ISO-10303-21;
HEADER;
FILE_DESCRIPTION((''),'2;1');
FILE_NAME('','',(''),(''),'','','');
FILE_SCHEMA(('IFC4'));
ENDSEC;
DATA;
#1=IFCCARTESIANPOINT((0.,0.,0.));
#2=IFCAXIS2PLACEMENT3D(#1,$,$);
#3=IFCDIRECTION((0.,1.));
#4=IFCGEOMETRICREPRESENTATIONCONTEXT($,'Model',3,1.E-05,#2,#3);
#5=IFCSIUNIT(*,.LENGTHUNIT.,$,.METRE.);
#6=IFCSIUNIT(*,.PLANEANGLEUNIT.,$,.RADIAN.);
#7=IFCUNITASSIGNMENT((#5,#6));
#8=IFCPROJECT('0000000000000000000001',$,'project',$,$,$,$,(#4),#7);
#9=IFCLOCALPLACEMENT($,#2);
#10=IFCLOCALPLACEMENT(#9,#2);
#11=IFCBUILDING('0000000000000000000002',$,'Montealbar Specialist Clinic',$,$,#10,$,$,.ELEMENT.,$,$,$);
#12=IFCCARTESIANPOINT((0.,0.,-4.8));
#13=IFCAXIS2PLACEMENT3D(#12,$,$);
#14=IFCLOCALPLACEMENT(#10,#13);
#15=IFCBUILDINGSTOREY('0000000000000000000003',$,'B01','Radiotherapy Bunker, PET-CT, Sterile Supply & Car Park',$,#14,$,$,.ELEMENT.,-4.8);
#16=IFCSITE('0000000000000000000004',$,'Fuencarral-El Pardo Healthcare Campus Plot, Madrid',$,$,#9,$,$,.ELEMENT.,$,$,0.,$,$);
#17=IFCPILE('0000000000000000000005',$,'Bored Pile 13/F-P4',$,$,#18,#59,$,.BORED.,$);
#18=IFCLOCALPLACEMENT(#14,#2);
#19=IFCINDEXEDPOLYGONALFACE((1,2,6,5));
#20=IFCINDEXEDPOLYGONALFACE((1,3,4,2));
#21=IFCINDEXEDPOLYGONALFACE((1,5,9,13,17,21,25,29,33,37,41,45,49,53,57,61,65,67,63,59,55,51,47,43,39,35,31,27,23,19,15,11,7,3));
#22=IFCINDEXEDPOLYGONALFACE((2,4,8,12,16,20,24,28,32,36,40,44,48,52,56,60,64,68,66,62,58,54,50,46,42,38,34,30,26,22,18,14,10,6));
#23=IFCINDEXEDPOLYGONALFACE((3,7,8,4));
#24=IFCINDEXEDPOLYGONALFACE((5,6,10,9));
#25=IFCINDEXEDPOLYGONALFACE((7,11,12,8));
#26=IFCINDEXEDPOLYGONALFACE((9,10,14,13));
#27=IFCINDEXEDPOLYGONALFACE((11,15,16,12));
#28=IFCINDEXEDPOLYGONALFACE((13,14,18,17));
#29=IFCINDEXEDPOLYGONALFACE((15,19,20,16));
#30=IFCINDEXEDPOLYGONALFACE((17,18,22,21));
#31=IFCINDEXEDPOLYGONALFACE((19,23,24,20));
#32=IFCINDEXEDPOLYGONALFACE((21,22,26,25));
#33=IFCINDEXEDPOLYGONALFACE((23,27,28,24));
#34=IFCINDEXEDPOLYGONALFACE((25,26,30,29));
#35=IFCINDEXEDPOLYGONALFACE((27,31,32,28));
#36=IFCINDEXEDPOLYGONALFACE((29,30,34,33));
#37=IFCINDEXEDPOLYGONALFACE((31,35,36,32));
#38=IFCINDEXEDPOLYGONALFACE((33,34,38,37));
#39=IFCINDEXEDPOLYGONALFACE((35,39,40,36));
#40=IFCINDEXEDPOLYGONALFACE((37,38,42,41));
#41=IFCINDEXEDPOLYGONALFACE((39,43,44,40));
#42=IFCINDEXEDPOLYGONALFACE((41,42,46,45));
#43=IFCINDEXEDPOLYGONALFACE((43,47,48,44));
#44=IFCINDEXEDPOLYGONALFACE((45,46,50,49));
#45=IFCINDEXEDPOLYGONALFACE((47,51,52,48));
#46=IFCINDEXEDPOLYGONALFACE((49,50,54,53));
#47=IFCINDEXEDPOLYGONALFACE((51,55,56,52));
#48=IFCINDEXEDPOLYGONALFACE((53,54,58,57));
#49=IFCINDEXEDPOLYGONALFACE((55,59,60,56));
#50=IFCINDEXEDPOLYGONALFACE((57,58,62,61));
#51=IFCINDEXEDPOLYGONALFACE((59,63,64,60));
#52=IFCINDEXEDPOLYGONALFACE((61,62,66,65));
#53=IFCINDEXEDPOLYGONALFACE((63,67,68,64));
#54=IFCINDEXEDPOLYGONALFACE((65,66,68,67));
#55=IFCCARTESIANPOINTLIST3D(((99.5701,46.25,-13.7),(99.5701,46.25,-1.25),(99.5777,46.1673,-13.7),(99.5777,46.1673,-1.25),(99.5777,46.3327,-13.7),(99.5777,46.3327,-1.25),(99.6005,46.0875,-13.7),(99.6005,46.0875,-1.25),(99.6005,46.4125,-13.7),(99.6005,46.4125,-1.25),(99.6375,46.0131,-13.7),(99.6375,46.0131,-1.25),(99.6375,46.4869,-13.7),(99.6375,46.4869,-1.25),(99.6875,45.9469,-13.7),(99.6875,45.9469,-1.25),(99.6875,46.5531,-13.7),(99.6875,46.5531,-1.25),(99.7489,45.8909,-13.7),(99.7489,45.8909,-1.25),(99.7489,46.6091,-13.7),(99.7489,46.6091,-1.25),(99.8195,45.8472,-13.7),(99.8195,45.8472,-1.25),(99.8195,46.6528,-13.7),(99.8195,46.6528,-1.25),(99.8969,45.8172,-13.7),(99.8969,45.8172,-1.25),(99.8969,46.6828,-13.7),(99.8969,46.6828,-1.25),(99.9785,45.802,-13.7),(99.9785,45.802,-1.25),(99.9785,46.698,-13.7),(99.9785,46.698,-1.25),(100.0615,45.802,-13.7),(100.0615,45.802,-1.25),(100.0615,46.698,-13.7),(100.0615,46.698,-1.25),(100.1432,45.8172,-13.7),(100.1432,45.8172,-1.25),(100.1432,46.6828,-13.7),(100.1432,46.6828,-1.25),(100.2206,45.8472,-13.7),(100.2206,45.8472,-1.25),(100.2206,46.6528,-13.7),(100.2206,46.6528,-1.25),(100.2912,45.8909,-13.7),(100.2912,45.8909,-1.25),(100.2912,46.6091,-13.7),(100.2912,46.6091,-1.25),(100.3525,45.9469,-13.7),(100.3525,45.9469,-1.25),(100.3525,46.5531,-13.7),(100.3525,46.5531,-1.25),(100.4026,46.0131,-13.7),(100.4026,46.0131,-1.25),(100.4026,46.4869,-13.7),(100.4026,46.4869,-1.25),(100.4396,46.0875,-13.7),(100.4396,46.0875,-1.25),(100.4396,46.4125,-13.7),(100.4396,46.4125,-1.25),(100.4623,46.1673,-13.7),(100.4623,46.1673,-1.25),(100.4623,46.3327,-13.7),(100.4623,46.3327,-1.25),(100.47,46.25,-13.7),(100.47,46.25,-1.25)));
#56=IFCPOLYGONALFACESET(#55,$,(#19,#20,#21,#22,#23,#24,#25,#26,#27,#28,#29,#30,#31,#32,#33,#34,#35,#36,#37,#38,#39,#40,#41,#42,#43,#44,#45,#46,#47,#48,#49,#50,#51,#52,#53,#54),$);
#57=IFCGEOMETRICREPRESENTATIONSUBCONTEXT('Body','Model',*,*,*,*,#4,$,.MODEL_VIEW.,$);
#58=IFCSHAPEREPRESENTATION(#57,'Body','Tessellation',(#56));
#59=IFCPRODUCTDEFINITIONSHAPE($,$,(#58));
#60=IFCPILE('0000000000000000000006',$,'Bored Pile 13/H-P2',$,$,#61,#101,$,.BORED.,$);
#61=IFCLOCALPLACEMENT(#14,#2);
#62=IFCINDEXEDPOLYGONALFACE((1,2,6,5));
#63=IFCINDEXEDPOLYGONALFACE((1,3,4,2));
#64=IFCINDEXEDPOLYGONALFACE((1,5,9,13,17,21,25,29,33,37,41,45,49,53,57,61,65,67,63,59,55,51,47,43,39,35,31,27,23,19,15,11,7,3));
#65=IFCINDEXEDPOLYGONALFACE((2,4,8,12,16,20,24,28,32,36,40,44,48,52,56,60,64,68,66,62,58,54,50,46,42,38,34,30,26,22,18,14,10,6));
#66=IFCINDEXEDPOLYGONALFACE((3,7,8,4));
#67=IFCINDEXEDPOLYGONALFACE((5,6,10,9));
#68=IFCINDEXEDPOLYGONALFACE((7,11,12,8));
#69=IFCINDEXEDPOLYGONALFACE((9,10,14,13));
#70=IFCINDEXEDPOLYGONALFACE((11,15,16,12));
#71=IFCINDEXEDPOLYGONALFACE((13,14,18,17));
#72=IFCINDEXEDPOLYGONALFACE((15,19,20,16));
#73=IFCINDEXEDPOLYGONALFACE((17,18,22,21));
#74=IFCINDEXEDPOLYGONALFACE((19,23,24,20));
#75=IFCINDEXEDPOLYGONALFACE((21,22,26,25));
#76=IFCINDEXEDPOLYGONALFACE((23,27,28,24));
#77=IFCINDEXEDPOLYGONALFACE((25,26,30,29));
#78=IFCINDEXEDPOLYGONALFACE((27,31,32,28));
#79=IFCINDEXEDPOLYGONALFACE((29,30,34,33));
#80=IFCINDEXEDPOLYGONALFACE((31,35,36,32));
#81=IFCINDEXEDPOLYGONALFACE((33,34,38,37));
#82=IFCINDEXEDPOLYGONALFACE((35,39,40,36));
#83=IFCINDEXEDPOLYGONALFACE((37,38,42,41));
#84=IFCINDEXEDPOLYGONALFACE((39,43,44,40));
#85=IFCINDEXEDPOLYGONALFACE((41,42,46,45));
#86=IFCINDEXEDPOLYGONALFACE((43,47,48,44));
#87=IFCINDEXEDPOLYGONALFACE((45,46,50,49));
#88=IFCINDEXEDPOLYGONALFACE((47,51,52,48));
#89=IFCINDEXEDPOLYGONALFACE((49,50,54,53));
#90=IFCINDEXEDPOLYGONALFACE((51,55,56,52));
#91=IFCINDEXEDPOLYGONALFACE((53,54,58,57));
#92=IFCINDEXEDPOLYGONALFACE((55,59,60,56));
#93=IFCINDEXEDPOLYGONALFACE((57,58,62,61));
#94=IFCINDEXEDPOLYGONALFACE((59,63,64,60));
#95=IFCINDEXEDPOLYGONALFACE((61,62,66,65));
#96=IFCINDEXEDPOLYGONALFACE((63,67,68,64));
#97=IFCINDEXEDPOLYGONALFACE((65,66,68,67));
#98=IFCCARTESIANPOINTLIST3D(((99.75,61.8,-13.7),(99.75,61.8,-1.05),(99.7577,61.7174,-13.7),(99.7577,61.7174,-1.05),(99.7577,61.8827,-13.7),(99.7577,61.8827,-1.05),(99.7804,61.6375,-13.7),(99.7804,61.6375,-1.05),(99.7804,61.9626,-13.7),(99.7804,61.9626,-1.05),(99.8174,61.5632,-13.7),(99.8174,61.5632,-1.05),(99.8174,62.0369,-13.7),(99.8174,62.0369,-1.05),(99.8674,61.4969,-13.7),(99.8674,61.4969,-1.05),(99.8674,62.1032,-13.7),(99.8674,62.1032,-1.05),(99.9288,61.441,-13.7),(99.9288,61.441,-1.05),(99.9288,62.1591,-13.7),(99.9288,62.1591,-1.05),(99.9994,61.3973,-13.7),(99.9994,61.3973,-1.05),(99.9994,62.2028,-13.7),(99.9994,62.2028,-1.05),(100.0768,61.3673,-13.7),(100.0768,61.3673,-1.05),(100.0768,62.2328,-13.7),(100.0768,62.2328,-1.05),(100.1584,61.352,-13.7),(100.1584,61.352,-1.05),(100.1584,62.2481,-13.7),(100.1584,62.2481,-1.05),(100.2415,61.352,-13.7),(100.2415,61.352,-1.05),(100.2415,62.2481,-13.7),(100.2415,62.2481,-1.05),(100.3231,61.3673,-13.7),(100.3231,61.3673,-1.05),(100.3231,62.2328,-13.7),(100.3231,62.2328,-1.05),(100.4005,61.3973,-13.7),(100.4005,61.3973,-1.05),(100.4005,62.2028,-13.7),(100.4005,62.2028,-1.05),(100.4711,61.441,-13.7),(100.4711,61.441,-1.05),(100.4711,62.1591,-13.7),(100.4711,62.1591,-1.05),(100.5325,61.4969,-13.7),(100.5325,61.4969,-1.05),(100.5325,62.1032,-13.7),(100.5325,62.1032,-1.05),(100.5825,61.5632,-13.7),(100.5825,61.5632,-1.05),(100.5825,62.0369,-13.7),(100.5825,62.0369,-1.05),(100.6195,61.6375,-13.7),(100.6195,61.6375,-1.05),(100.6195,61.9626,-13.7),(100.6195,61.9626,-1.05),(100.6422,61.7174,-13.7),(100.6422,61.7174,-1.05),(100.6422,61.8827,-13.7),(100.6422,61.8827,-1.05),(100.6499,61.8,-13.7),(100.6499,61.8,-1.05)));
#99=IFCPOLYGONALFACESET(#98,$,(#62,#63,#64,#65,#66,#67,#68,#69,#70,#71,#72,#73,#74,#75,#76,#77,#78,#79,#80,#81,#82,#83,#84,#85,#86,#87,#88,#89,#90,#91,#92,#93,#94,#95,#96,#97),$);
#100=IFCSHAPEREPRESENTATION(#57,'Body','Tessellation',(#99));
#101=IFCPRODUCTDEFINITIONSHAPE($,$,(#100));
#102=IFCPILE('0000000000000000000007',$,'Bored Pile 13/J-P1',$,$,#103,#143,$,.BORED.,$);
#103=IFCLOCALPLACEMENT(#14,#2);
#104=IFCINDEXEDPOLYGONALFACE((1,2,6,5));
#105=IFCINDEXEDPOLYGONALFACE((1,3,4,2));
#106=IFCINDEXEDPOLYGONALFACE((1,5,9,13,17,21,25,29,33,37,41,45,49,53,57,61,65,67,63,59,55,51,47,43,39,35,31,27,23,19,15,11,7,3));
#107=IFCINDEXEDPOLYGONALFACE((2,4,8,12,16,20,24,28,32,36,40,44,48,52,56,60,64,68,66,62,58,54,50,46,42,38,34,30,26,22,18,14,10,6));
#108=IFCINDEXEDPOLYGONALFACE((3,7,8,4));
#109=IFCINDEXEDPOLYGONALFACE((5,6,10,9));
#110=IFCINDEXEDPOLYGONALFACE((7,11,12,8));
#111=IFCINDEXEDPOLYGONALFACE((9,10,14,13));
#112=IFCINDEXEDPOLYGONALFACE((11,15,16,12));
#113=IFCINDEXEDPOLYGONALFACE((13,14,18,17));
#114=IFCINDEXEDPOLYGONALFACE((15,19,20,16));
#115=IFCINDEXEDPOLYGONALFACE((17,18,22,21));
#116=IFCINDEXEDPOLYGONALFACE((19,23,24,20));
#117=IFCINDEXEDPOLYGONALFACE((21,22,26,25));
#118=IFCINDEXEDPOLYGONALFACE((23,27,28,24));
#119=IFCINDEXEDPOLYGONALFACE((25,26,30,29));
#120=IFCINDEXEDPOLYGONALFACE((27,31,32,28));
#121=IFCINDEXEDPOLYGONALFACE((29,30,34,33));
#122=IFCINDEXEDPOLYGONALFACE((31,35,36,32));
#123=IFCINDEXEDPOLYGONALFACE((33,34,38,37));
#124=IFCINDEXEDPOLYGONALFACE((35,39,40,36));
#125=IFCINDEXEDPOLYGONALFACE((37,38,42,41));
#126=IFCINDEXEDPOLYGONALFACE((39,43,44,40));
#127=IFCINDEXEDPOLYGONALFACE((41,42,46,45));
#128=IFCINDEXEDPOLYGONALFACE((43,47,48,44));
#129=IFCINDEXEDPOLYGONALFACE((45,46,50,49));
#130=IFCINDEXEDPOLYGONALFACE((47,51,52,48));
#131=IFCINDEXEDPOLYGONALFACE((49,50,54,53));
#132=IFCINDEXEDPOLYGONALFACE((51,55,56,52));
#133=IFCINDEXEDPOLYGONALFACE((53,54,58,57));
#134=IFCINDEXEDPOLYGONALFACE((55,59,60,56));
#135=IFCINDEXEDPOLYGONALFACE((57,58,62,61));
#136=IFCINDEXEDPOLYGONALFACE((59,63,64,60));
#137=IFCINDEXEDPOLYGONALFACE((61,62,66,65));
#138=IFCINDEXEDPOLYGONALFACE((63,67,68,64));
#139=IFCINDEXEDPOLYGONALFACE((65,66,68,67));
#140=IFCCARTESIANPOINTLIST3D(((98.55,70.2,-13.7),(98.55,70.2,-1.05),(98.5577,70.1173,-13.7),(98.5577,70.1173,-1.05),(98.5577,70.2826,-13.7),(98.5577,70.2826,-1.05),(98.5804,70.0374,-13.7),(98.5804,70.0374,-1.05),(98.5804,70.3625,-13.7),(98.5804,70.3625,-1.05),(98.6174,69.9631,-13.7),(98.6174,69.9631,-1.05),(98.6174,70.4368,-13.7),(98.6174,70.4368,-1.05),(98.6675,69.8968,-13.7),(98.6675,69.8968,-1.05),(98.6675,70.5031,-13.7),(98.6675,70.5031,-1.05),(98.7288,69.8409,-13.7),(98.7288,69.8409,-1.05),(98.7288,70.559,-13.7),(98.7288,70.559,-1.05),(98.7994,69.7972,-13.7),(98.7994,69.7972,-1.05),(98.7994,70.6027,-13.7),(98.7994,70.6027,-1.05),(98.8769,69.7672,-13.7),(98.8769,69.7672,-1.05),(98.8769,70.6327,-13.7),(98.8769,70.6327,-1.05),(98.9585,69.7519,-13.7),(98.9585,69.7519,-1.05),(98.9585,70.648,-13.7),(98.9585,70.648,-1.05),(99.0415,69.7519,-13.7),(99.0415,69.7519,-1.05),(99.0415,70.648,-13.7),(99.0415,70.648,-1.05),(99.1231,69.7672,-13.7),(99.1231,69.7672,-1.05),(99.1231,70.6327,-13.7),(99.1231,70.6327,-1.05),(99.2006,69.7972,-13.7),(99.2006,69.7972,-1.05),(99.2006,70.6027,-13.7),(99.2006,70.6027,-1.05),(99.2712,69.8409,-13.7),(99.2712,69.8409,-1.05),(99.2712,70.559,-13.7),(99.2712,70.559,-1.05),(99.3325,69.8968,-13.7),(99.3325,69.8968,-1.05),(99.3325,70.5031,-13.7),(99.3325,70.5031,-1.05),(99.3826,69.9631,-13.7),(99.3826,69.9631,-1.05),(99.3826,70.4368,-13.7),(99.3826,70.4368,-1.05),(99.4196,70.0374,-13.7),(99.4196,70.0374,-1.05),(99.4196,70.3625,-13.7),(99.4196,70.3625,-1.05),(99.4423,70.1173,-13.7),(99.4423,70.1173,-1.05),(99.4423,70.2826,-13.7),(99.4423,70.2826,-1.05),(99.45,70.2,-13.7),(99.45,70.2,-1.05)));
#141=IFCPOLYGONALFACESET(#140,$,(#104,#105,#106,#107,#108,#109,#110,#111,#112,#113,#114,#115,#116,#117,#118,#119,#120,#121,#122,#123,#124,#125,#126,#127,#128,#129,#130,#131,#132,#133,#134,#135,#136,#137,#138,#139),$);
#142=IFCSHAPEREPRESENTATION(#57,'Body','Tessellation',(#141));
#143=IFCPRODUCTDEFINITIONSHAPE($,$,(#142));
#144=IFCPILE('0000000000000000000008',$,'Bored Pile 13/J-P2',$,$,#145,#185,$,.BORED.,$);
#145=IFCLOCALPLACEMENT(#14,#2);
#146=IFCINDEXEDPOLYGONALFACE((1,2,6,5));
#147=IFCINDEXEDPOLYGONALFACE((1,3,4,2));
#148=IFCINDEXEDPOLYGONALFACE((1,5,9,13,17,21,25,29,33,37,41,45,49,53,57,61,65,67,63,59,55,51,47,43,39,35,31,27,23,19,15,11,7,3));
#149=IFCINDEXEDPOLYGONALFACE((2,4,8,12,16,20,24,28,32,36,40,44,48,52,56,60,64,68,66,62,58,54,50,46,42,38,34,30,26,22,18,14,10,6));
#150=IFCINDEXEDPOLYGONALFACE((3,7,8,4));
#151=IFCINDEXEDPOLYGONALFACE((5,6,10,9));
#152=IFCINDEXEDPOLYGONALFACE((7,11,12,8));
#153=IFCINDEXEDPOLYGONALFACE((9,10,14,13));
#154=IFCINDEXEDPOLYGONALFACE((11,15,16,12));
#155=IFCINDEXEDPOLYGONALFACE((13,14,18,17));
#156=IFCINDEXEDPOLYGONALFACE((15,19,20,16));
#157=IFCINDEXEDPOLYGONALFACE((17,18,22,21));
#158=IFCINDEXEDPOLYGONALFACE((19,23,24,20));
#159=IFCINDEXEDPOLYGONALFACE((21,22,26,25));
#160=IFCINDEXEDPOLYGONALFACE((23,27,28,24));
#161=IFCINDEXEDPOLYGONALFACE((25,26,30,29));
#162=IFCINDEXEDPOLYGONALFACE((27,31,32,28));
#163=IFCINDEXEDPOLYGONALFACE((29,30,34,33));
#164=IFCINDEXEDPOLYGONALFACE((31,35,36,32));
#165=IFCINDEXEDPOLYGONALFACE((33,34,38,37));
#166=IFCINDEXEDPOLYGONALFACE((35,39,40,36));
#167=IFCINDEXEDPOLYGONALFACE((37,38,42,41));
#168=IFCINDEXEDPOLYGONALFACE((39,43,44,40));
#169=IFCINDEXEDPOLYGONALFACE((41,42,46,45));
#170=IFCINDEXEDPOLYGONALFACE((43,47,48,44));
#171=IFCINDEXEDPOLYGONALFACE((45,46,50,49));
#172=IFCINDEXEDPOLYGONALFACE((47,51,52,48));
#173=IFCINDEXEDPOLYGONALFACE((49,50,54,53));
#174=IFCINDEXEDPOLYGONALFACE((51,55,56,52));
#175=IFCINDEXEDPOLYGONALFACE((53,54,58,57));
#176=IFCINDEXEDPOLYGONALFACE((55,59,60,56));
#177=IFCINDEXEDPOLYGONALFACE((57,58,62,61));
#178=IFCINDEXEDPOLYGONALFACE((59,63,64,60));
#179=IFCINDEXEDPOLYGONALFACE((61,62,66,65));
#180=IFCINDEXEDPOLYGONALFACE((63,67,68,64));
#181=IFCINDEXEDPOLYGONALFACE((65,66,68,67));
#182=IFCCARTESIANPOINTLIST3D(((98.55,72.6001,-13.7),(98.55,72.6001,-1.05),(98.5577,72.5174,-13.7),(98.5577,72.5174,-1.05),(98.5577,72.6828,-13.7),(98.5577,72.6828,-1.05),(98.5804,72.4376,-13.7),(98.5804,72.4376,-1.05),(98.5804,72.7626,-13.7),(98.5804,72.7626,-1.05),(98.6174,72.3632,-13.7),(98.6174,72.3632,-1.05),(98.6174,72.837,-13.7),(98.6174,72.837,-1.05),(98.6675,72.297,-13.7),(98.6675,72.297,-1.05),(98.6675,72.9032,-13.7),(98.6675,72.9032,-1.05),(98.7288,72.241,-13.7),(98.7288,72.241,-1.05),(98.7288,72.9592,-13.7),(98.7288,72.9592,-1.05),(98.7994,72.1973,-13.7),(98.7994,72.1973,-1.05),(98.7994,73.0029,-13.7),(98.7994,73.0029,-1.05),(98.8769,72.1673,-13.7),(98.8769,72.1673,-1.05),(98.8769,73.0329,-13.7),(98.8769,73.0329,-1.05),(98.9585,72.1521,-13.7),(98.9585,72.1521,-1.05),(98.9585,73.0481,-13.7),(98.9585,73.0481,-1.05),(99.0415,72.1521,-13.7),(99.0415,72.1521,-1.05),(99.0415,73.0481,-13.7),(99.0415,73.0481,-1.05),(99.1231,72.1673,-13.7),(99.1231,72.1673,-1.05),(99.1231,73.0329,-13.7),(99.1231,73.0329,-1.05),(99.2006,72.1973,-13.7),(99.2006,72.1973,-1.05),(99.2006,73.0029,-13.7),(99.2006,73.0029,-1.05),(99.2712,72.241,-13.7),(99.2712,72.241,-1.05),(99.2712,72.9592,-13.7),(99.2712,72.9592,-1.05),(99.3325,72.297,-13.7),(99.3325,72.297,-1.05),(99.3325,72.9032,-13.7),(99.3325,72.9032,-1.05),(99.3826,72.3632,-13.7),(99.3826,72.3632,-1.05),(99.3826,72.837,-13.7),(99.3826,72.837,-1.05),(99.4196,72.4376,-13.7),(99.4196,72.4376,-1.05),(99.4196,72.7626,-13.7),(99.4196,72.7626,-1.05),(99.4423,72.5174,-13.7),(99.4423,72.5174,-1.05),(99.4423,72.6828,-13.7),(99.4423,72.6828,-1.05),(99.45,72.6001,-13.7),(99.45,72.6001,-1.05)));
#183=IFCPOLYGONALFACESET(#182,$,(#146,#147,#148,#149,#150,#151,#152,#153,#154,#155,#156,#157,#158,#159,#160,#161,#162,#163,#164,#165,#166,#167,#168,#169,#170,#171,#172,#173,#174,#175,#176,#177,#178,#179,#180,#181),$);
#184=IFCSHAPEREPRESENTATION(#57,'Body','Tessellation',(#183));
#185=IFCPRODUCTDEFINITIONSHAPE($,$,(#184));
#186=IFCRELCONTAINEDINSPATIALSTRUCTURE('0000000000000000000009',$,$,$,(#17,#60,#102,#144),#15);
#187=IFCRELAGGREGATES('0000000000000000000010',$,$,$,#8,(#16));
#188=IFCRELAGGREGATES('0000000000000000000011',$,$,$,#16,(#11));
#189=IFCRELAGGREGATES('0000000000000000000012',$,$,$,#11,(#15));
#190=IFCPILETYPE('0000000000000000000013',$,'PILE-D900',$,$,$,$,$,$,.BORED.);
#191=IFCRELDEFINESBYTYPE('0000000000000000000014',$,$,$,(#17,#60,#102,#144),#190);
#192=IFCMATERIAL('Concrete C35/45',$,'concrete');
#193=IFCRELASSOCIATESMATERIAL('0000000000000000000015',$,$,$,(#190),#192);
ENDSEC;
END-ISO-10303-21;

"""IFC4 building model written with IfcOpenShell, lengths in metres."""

from ifc_helpers import new_model, si_unit, direction, frame, origin, origin_2d, place, context, subcontext, project, spatial, circle, extrude, material, material_profile, profile_set, type_object, element, save


model = new_model("IFC4")

# Units and contexts
model_context = context("Model", 3, precision=1e-05, world=origin(), true_north=direction((0.0, 1.0)))
body_context = subcontext(model_context, "Body", "Model", "MODEL_VIEW")
ifc_project = project(units=[si_unit("LENGTHUNIT", "METRE"), si_unit("PLANEANGLEUNIT", "RADIAN")], contexts=[model_context])

# Site, building, storey
site_placement = place(None, origin())
site = spatial("IfcSite", under=ifc_project, at=site_placement, Name="Fuencarral-El Pardo Healthcare Campus Plot, Madrid", CompositionType="ELEMENT", RefElevation=0.0)
building_placement = place(site_placement, origin())
building = spatial("IfcBuilding", under=site, at=building_placement, Name="Montealbar Specialist Clinic", CompositionType="ELEMENT")
storey_placement = place(building_placement, frame((0.0, 0.0, -4.8)))
storey = spatial("IfcBuildingStorey", under=building, at=storey_placement, Name="B01", Description="Radiotherapy Bunker, PET-CT, Sterile Supply & Car Park", CompositionType="ELEMENT", Elevation=-4.8)

# Shared definitions
ifc_material_1 = material(Name="Concrete C35/45", Category="concrete")

# Piles
ifc_material_profile_1 = material_profile(ifc_material_1, circle(Radius=0.45, at=origin_2d()), Name="PILE D900", Category="concrete")
ifc_profile_set_1 = profile_set([ifc_material_profile_1], Name="Concrete C35/45")
pile_type_1 = type_object("IfcPileType", Name="PILE-D900", PredefinedType="BORED", material=ifc_profile_set_1)
pile_1_placement = place(storey_placement, frame((100.02, 46.25, -1.25), z_axis=(0.0, 0.0, -1.0), x_axis=(1.0, 0.0, 0.0)))
element("IfcPile", 1, at=pile_1_placement, inside=storey, type_object=pile_type_1, Name="Bored Pile 13/F-P4", PredefinedType="BORED", context=body_context, shape_type="SweptSolid", body=[
    extrude(circle(Radius=0.45, at=origin_2d()), origin(), (0.0, 0.0, 1.0), 12.45),
])
for number, where, z_axis, x_axis, name in (
    (2, (100.2, 61.8, -1.05), (0.0, 0.0, -1.0), (1.0, 0.0, 0.0), "Bored Pile 13/H-P2"),
    (3, (99.0, 70.2, -1.05), (0.0, 0.0, -1.0), (1.0, 0.0, 0.0), "Bored Pile 13/J-P1"),
    (4, (99.0, 72.6001, -1.05), (0.0, 0.0, -1.0), (1.0, 0.0, 0.0), "Bored Pile 13/J-P2"),
):
    element("IfcPile", number, at=place(storey_placement, frame(where, z_axis=z_axis, x_axis=x_axis)), inside=storey, type_object=pile_type_1, Name=name, PredefinedType="BORED", context=body_context, shape_type="SweptSolid", body=[
        extrude(circle(Radius=0.45, at=origin_2d()), origin(), (0.0, 0.0, 1.0), 12.6499),
    ])

save(model, "model.ifc")
